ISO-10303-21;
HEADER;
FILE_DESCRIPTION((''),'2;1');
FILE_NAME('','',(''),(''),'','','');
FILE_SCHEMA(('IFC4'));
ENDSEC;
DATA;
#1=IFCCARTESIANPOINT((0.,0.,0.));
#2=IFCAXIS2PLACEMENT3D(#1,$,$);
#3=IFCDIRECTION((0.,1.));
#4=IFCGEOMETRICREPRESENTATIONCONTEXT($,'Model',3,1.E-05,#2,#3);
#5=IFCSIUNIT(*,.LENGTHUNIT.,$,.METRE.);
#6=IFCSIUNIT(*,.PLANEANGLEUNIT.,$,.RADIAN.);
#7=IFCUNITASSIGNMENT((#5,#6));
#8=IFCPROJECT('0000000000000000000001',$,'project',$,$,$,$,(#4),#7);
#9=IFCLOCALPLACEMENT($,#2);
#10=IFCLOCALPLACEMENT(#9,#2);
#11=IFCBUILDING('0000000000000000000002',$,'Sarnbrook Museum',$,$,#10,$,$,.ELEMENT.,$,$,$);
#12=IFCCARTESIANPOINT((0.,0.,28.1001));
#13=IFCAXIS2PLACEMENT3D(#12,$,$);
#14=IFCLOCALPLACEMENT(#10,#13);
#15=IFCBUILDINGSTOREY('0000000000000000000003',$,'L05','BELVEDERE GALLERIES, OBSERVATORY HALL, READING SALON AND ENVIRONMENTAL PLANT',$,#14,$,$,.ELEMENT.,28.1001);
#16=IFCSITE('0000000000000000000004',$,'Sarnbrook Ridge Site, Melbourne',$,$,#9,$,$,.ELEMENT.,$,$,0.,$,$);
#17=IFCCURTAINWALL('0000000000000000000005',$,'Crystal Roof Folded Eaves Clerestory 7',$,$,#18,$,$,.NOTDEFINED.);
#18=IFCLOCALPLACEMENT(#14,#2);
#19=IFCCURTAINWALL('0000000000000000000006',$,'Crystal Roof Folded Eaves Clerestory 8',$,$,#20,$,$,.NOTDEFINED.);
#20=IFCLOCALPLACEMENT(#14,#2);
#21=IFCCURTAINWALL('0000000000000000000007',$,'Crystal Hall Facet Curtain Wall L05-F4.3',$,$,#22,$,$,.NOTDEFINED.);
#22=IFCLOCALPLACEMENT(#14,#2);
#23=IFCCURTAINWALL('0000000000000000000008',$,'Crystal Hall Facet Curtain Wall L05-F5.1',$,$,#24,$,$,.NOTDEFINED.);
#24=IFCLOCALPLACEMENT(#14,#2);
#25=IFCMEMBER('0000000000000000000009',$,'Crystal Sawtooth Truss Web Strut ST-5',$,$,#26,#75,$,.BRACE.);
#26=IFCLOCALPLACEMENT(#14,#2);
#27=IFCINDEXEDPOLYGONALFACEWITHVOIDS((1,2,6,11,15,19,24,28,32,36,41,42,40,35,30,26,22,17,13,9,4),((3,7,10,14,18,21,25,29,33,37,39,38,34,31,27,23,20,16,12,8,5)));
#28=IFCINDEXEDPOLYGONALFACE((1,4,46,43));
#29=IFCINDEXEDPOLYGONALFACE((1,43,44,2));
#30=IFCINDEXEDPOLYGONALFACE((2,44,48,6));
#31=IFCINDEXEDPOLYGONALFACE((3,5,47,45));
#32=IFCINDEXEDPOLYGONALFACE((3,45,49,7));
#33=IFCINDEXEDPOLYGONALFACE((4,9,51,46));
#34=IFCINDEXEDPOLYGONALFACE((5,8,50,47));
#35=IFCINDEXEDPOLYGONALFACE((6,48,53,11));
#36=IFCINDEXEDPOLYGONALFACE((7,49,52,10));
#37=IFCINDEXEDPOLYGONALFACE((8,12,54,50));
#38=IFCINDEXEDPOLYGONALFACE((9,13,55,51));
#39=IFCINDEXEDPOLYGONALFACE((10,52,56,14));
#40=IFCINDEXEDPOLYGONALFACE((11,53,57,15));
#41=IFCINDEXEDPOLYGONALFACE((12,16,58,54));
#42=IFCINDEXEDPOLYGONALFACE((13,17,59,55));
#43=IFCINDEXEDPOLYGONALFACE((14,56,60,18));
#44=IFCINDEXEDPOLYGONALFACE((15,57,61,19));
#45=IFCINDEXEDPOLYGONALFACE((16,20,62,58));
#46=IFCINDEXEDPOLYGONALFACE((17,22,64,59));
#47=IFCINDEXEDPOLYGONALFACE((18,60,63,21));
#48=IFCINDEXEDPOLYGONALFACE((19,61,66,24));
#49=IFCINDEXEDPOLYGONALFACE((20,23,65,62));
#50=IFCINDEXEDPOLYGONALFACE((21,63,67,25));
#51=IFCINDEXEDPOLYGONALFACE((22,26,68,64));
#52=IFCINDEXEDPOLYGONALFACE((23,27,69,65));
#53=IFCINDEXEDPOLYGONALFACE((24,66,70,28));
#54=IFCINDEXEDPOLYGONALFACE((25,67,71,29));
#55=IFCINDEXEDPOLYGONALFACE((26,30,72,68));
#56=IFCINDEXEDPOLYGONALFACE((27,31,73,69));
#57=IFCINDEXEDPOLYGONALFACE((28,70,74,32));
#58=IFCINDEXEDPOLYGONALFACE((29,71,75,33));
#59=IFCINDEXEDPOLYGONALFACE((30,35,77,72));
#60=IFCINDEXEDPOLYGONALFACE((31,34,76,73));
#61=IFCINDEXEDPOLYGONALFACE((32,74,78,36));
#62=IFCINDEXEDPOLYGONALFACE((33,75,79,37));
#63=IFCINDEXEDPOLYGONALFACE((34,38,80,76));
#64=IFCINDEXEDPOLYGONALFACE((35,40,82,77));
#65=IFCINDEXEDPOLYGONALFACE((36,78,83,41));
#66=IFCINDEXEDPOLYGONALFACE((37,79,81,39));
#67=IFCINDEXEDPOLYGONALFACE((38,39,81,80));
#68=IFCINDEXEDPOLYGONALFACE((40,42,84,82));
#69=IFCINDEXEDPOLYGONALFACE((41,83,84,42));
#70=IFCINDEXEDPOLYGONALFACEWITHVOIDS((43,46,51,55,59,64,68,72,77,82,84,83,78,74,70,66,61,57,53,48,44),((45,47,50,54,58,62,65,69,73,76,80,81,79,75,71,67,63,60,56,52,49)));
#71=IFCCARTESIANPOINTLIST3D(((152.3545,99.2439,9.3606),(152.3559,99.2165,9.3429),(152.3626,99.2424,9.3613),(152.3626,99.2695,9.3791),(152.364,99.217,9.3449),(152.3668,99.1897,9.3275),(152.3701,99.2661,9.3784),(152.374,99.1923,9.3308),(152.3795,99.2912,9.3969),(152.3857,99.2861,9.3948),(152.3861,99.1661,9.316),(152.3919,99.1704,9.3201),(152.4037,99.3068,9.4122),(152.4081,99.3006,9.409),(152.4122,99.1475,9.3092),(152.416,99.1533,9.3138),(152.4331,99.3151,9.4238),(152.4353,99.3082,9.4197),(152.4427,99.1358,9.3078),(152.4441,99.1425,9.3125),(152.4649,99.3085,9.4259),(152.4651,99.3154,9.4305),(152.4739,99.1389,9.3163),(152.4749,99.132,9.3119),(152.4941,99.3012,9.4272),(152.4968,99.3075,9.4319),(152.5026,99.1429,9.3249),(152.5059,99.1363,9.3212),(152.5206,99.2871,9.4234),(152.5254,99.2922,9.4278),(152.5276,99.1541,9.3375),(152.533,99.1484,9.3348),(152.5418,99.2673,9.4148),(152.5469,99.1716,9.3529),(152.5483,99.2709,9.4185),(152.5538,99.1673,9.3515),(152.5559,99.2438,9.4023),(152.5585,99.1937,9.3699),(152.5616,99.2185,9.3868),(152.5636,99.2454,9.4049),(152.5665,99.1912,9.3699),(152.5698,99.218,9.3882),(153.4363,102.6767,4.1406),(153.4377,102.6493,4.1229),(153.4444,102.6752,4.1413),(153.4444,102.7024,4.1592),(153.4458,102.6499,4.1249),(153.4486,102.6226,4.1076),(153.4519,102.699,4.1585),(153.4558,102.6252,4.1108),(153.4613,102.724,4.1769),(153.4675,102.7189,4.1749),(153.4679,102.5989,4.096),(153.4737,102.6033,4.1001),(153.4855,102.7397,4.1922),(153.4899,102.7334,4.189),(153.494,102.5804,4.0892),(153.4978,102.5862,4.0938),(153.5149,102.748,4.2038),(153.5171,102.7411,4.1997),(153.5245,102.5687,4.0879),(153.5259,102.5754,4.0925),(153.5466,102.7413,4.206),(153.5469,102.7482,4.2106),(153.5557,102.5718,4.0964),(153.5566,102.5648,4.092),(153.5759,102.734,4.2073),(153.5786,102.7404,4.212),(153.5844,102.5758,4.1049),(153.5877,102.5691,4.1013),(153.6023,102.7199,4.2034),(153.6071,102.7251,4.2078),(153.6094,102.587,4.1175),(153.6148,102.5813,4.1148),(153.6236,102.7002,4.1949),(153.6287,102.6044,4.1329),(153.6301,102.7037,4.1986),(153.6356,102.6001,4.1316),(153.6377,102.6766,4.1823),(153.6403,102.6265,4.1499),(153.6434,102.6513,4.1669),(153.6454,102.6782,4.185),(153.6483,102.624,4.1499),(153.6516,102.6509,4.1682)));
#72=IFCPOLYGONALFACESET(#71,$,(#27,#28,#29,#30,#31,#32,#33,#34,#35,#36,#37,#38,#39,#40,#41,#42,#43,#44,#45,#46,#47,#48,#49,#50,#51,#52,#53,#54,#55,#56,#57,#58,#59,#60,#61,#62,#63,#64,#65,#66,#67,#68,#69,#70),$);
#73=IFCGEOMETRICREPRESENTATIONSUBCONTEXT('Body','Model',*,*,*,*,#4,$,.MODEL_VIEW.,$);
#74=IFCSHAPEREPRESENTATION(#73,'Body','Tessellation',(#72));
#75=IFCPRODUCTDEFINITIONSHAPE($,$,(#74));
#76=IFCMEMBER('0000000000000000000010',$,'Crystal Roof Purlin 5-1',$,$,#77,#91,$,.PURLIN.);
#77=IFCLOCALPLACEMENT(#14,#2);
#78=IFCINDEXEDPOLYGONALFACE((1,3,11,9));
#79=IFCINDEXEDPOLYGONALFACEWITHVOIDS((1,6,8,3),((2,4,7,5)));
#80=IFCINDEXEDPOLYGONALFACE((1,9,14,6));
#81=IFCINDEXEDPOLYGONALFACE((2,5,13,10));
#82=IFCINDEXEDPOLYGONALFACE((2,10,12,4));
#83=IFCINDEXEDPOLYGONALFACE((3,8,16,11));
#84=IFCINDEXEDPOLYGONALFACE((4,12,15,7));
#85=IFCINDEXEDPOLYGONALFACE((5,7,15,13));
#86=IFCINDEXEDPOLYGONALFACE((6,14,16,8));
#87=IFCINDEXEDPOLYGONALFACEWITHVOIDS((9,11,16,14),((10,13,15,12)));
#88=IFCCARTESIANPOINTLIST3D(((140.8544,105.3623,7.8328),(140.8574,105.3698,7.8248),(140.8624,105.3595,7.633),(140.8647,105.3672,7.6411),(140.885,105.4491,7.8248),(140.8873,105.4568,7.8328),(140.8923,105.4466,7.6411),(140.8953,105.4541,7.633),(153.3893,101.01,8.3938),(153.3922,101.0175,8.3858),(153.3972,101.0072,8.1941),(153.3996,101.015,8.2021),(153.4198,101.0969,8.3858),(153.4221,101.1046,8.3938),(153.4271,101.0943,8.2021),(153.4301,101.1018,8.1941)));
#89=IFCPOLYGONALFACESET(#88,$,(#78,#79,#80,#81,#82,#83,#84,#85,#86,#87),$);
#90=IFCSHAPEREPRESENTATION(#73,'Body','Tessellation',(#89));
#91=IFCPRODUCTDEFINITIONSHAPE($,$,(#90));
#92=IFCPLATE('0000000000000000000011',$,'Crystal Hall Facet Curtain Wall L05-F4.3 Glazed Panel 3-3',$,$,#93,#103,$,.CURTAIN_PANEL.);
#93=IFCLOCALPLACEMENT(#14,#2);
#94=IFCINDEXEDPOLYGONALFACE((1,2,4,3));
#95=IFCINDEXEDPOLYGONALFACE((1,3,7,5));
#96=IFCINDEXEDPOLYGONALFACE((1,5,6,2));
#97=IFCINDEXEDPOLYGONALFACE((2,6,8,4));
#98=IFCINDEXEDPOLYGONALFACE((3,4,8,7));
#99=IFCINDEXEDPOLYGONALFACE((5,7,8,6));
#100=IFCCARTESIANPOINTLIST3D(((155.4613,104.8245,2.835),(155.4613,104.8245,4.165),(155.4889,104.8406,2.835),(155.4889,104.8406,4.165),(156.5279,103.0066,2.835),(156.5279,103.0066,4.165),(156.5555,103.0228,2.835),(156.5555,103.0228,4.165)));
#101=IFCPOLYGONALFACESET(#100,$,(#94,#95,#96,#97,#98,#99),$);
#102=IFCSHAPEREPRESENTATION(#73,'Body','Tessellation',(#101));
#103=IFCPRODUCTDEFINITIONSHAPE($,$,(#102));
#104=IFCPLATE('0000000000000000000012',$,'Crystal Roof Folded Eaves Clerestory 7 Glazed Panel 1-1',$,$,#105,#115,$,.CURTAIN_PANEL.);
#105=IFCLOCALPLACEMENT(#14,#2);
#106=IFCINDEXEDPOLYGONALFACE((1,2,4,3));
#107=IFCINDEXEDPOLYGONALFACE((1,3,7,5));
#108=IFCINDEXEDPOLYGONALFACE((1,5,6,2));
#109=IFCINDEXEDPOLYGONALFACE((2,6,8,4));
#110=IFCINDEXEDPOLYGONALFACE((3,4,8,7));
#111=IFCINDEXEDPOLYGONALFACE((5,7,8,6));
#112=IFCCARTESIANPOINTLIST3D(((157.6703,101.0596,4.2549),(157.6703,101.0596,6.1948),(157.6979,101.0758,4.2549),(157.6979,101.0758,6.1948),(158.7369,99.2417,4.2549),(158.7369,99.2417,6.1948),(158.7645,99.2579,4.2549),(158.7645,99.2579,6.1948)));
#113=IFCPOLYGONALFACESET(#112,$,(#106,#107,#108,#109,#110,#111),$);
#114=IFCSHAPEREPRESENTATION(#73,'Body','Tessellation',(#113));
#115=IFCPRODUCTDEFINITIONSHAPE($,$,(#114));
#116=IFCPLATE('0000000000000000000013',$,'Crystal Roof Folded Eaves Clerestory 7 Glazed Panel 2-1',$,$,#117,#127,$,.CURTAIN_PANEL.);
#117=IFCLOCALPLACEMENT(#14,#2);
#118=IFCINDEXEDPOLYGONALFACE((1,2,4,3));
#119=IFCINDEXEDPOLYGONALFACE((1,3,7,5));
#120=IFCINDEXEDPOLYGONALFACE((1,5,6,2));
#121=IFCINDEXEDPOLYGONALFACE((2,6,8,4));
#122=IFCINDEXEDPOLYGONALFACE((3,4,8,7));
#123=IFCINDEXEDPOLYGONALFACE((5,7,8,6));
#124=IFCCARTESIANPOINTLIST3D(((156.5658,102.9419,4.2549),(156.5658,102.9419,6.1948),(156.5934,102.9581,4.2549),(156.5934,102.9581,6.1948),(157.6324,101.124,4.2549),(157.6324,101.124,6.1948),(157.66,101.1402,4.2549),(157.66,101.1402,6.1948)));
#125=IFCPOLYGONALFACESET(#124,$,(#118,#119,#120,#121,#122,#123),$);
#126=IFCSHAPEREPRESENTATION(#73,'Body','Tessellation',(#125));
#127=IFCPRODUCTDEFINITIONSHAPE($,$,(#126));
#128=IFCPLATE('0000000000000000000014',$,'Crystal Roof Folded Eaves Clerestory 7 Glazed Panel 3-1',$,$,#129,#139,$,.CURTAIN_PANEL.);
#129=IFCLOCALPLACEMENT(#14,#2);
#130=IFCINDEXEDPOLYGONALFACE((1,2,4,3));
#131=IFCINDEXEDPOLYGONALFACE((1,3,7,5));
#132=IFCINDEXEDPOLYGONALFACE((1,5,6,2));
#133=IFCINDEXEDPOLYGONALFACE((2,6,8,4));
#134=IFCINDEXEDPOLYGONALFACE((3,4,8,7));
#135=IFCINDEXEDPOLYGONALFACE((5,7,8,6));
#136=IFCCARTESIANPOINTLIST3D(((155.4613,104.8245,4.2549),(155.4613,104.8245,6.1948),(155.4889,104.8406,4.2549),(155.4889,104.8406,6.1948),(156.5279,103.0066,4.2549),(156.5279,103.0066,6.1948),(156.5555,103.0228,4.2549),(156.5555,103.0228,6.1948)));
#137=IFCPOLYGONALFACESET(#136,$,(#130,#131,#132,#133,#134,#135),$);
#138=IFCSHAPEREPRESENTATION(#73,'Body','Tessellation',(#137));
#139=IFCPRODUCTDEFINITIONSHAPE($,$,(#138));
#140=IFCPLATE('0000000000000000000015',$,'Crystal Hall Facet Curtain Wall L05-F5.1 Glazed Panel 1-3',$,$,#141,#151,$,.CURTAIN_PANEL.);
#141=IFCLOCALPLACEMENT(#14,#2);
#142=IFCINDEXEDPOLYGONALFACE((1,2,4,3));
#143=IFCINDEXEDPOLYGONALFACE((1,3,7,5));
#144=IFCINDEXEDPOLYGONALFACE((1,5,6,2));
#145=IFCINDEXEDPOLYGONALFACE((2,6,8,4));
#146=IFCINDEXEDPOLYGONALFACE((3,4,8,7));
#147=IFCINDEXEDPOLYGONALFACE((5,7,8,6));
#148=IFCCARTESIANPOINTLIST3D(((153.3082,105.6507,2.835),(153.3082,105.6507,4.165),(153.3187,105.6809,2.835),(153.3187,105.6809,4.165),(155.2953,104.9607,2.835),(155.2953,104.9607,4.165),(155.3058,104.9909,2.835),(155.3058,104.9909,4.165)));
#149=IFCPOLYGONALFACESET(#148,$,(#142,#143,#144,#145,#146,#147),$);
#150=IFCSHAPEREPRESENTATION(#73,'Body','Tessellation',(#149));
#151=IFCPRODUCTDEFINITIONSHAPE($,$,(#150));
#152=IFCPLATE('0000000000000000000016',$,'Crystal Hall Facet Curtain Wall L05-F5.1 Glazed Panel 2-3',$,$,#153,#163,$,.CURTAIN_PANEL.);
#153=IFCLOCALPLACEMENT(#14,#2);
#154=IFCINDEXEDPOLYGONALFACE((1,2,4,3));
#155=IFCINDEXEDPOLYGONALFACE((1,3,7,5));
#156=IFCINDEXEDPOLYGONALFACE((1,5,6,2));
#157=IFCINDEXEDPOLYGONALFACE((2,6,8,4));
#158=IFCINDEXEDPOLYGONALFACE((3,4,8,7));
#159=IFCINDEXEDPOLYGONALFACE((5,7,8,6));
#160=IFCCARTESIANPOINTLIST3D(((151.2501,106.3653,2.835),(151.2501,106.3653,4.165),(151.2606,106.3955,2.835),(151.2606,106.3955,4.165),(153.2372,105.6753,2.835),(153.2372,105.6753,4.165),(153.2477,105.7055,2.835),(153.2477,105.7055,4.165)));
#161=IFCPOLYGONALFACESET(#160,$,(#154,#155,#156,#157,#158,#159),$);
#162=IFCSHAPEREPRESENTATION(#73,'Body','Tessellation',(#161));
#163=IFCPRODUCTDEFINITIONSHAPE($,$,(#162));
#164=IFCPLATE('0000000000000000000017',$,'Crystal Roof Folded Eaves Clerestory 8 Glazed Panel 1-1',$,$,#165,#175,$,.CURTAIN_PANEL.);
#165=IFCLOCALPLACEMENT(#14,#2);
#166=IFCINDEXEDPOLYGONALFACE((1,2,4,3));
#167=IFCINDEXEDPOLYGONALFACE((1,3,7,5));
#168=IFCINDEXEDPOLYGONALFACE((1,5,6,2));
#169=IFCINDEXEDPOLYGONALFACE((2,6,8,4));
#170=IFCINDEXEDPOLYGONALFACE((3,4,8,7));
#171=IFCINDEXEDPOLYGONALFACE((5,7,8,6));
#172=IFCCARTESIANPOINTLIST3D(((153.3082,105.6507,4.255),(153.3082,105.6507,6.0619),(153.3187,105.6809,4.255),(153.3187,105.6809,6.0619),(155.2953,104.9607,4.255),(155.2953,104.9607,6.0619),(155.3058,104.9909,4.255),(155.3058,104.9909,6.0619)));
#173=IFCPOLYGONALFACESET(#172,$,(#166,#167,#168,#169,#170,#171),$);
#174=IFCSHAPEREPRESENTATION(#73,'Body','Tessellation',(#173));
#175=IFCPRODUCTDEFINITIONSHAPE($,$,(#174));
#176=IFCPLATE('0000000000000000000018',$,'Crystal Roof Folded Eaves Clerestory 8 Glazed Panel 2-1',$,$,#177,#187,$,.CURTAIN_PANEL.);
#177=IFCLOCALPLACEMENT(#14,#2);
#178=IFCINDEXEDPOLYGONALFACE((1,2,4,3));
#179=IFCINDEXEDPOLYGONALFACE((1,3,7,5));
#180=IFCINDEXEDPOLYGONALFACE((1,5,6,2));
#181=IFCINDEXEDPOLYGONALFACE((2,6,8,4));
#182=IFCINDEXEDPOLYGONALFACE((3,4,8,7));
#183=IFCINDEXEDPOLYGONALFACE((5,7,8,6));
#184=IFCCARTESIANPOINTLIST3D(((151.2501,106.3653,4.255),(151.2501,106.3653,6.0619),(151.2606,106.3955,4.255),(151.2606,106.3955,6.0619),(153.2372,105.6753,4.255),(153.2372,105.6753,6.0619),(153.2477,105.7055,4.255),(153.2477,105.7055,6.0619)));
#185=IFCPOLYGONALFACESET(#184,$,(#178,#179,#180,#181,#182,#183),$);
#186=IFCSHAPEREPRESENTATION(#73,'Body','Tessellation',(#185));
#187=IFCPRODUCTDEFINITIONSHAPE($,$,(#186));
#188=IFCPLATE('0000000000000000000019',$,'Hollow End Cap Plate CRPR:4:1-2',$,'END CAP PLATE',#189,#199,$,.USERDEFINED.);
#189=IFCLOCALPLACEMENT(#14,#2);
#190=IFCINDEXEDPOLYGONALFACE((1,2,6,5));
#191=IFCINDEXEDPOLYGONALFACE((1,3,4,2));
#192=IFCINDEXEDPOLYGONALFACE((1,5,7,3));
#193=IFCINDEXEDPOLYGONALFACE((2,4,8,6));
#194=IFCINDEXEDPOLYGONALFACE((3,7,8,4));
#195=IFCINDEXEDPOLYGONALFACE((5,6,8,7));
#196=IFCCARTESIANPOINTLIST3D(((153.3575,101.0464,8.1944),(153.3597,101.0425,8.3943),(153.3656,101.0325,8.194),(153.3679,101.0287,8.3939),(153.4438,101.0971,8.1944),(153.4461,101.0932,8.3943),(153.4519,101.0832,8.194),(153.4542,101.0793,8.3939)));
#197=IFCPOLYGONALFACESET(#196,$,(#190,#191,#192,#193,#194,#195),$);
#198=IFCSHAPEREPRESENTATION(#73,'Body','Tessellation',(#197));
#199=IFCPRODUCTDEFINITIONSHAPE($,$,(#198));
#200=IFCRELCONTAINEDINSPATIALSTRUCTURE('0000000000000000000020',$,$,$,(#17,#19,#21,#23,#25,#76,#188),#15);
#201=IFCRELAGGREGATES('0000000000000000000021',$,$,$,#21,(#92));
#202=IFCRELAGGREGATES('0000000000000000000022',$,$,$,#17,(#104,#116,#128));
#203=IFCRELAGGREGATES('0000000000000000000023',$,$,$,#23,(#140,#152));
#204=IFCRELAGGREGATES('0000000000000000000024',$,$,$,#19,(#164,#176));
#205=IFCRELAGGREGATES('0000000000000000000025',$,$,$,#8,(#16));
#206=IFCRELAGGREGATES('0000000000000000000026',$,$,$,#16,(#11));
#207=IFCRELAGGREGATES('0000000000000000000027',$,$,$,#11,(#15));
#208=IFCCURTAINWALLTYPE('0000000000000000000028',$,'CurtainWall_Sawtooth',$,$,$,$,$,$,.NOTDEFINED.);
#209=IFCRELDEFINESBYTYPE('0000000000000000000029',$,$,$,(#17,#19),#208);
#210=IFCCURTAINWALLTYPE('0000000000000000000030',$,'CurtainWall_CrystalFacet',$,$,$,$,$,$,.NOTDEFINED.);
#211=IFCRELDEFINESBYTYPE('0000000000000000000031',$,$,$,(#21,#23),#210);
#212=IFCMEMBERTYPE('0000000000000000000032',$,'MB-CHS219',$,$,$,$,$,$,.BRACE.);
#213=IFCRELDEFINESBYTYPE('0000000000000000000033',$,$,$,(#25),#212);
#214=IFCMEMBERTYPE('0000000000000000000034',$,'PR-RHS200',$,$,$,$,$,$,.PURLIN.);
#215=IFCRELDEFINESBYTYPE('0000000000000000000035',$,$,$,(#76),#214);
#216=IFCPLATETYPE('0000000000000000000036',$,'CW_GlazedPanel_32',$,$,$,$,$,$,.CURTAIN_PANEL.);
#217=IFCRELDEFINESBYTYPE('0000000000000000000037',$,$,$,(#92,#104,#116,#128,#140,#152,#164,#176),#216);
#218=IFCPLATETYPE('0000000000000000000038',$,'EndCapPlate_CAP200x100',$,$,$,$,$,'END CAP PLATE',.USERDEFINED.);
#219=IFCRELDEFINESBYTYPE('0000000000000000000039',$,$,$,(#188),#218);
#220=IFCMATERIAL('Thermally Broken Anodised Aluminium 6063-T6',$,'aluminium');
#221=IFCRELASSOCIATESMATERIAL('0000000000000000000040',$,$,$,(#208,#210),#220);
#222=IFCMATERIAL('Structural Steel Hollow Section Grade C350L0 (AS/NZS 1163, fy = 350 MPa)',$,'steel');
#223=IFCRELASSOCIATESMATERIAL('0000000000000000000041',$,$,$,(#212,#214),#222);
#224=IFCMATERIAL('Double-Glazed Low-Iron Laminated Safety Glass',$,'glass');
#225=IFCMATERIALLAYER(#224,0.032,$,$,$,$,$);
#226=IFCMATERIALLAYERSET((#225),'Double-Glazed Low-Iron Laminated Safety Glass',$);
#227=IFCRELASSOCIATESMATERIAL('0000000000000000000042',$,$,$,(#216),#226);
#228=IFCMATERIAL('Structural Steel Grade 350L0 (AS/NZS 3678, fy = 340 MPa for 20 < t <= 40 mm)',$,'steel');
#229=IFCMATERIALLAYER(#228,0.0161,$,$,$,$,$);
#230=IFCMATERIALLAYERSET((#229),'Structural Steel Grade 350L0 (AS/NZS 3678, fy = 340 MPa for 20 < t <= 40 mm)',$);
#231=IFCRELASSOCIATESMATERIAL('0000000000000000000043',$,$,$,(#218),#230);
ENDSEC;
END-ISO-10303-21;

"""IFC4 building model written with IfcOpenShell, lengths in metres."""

from ifc_helpers import new_model, si_unit, direction, frame, origin, origin_2d, place, context, subcontext, project, spatial, rectangle, hollow_rectangle, hollow_circle, extrude, material, layer, layer_set, material_profile, profile_set, type_object, element, aggregate, save


model = new_model("IFC4")

# Units and contexts
model_context = context("Model", 3, precision=1e-05, world=origin(), true_north=direction((0.0, 1.0)))
body_context = subcontext(model_context, "Body", "Model", "MODEL_VIEW")
ifc_project = project(units=[si_unit("LENGTHUNIT", "METRE"), si_unit("PLANEANGLEUNIT", "RADIAN")], contexts=[model_context])

# Site, building, storey
site_placement = place(None, origin())
site = spatial("IfcSite", under=ifc_project, at=site_placement, Name="Sarnbrook Ridge Site, Melbourne", CompositionType="ELEMENT", RefElevation=0.0)
building_placement = place(site_placement, origin())
building = spatial("IfcBuilding", under=site, at=building_placement, Name="Sarnbrook Museum", CompositionType="ELEMENT")
storey_placement = place(building_placement, frame((0.0, 0.0, 28.1001)))
storey = spatial("IfcBuildingStorey", under=building, at=storey_placement, Name="L05", Description="BELVEDERE GALLERIES, OBSERVATORY HALL, READING SALON AND ENVIRONMENTAL PLANT", CompositionType="ELEMENT", Elevation=28.1001)

# Shared definitions
ifc_material_1 = material(Name="Structural Steel Grade 350L0 (AS/NZS 3678, fy = 340 MPa for 20 < t <= 40 mm)", Category="steel")

# Curtain walls
ifc_material_2 = material(Name="Thermally Broken Anodised Aluminium 6063-T6", Category="aluminium")
curtain_wall_type_1 = type_object("IfcCurtainWallType", Name="CurtainWall_Sawtooth", PredefinedType="NOTDEFINED", material=ifc_material_2)
curtain_wall_1_placement = place(storey_placement, origin())
curtain_wall_1 = element("IfcCurtainWall", 1, at=curtain_wall_1_placement, inside=storey, type_object=curtain_wall_type_1, Name="Crystal Roof Folded Eaves Clerestory 7", PredefinedType="NOTDEFINED")
curtain_wall_2_placement = place(storey_placement, origin())
curtain_wall_2 = element("IfcCurtainWall", 2, at=curtain_wall_2_placement, inside=storey, type_object=curtain_wall_type_1, Name="Crystal Roof Folded Eaves Clerestory 8", PredefinedType="NOTDEFINED")

# Curtain wall
curtain_wall_type_2 = type_object("IfcCurtainWallType", Name="CurtainWall_CrystalFacet", PredefinedType="NOTDEFINED", material=ifc_material_2)
curtain_wall_3_placement = place(storey_placement, origin())
curtain_wall_3 = element("IfcCurtainWall", 3, at=curtain_wall_3_placement, inside=storey, type_object=curtain_wall_type_2, Name="Crystal Hall Facet Curtain Wall L05-F4.3", PredefinedType="NOTDEFINED")

# Curtain wall
curtain_wall_4_placement = place(storey_placement, origin())
curtain_wall_4 = element("IfcCurtainWall", 4, at=curtain_wall_4_placement, inside=storey, type_object=curtain_wall_type_2, Name="Crystal Hall Facet Curtain Wall L05-F5.1", PredefinedType="NOTDEFINED")

# Members
ifc_material_3 = material(Name="Structural Steel Hollow Section Grade C350L0 (AS/NZS 1163, fy = 350 MPa)", Category="steel")
ifc_material_profile_1 = material_profile(ifc_material_3, hollow_circle(Radius=0.1096, WallThickness=0.0083, at=origin_2d()), Name="219.1x8.2CHS")
ifc_profile_set_1 = profile_set([ifc_material_profile_1], Name="Structural Steel Hollow Section Grade C350L0 (AS/NZS 1163, fy = 350 MPa)")
member_type_1 = type_object("IfcMemberType", Name="MB-CHS219", PredefinedType="BRACE", material=ifc_profile_set_1)
member_1_placement = place(storey_placement, frame((153.5437, 102.657, 4.1499), z_axis=(-0.170613, -0.541412, 0.823265), x_axis=(0.953764, -0.300557, 0.0)))
element("IfcMember", 5, at=member_1_placement, inside=storey, type_object=member_type_1, Name="Crystal Sawtooth Truss Web Strut ST-5", PredefinedType="BRACE", context=body_context, shape_type="SweptSolid", body=[
    extrude(hollow_circle(Radius=0.1096, WallThickness=0.0083, at=origin_2d()), origin(), (0.0, 0.0, 1.0), 6.3406),
])
ifc_material_profile_2 = material_profile(ifc_material_3, hollow_rectangle(XDim=0.1001, YDim=0.2, WallThickness=0.0081, at=origin_2d()), Name="200x100x8.0RHS")
ifc_profile_set_2 = profile_set([ifc_material_profile_2], Name="Structural Steel Hollow Section Grade C350L0 (AS/NZS 1163, fy = 350 MPa)")
member_type_2 = type_object("IfcMemberType", Name="PR-RHS200", PredefinedType="PURLIN", material=ifc_profile_set_2)
member_2_placement = place(storey_placement, frame((153.4097, 101.0559, 8.2939), z_axis=(-0.943833, 0.327712, -0.042244), x_axis=(-0.328005, -0.944676, 0.0)))
element("IfcMember", 6, at=member_2_placement, inside=storey, type_object=member_type_2, Name="Crystal Roof Purlin 5-1", PredefinedType="PURLIN", context=body_context, shape_type="SweptSolid", body=[
    extrude(hollow_rectangle(XDim=0.1001, YDim=0.2, WallThickness=0.0081, at=origin_2d()), origin(), (0.0, 0.0, 1.0), 13.2808),
])

# Plates
ifc_material_4 = material(Name="Double-Glazed Low-Iron Laminated Safety Glass", Category="glass")
ifc_layer_1 = layer(ifc_material_4, 0.032)
ifc_layer_set_1 = layer_set([ifc_layer_1], Name="Double-Glazed Low-Iron Laminated Safety Glass")
plate_type_1 = type_object("IfcPlateType", Name="CW_GlazedPanel_32", PredefinedType="CURTAIN_PANEL", material=ifc_layer_set_1)
plate_1_placement = place(storey_placement, frame((155.9946, 103.9155, 3.5), z_axis=(0.8625, 0.506057, 0.0), x_axis=(-0.506057, 0.8625, 0.0)))
plate_1 = element("IfcPlate", 7, at=plate_1_placement, type_object=plate_type_1, Name="Crystal Hall Facet Curtain Wall L05-F4.3 Glazed Panel 3-3", PredefinedType="CURTAIN_PANEL", context=body_context, shape_type="SweptSolid", body=[
    extrude(rectangle(XDim=2.1077, YDim=1.3301, at=origin_2d()), origin(), (0.0, 0.0, 1.0), 0.032),
])
aggregate(curtain_wall_3, [plate_1])
plate_2_placement = place(storey_placement, frame((158.2036, 100.1506, 5.2249), z_axis=(0.8625, 0.506057, 0.0), x_axis=(-0.506057, 0.8625, 0.0)))
plate_2 = element("IfcPlate", 8, at=plate_2_placement, type_object=plate_type_1, Name="Crystal Roof Folded Eaves Clerestory 7 Glazed Panel 1-1", PredefinedType="CURTAIN_PANEL", context=body_context, shape_type="SweptSolid", body=[
    extrude(rectangle(XDim=2.1077, YDim=1.9399, at=origin_2d()), origin(), (0.0, 0.0, 1.0), 0.032),
])
plate_3_placement = place(storey_placement, frame((157.0991, 102.033, 5.2249), z_axis=(0.8625, 0.506057, 0.0), x_axis=(-0.506057, 0.8625, 0.0)))
plate_3 = element("IfcPlate", 9, at=plate_3_placement, type_object=plate_type_1, Name="Crystal Roof Folded Eaves Clerestory 7 Glazed Panel 2-1", PredefinedType="CURTAIN_PANEL", context=body_context, shape_type="SweptSolid", body=[
    extrude(rectangle(XDim=2.1077, YDim=1.9399, at=origin_2d()), origin(), (0.0, 0.0, 1.0), 0.032),
])
plate_4_placement = place(storey_placement, frame((155.9946, 103.9155, 5.2249), z_axis=(0.8625, 0.506057, 0.0), x_axis=(-0.506057, 0.8625, 0.0)))
plate_4 = element("IfcPlate", 10, at=plate_4_placement, type_object=plate_type_1, Name="Crystal Roof Folded Eaves Clerestory 7 Glazed Panel 3-1", PredefinedType="CURTAIN_PANEL", context=body_context, shape_type="SweptSolid", body=[
    extrude(rectangle(XDim=2.1077, YDim=1.9399, at=origin_2d()), origin(), (0.0, 0.0, 1.0), 0.032),
])
aggregate(curtain_wall_1, [plate_2, plate_3, plate_4])
plate_5_placement = place(storey_placement, frame((154.3018, 105.3057, 3.5), z_axis=(0.328015, 0.944673, 0.0), x_axis=(-0.944673, 0.328015, 0.0)))
plate_5 = element("IfcPlate", 11, at=plate_5_placement, type_object=plate_type_1, Name="Crystal Hall Facet Curtain Wall L05-F5.1 Glazed Panel 1-3", PredefinedType="CURTAIN_PANEL", context=body_context, shape_type="SweptSolid", body=[
    extrude(rectangle(XDim=2.1035, YDim=1.3301, at=origin_2d()), origin(), (0.0, 0.0, 1.0), 0.032),
])
plate_6_placement = place(storey_placement, frame((152.2437, 106.0203, 3.5), z_axis=(0.328015, 0.944673, 0.0), x_axis=(-0.944673, 0.328015, 0.0)))
plate_6 = element("IfcPlate", 12, at=plate_6_placement, type_object=plate_type_1, Name="Crystal Hall Facet Curtain Wall L05-F5.1 Glazed Panel 2-3", PredefinedType="CURTAIN_PANEL", context=body_context, shape_type="SweptSolid", body=[
    extrude(rectangle(XDim=2.1035, YDim=1.3301, at=origin_2d()), origin(), (0.0, 0.0, 1.0), 0.032),
])
aggregate(curtain_wall_4, [plate_5, plate_6])
plate_7_placement = place(storey_placement, frame((154.3018, 105.3057, 5.1584), z_axis=(0.328015, 0.944673, 0.0), x_axis=(-0.944673, 0.328015, 0.0)))
plate_7 = element("IfcPlate", 13, at=plate_7_placement, type_object=plate_type_1, Name="Crystal Roof Folded Eaves Clerestory 8 Glazed Panel 1-1", PredefinedType="CURTAIN_PANEL", context=body_context, shape_type="SweptSolid", body=[
    extrude(rectangle(XDim=2.1035, YDim=1.8069, at=origin_2d()), origin(), (0.0, 0.0, 1.0), 0.032),
])
plate_8_placement = place(storey_placement, frame((152.2437, 106.0203, 5.1584), z_axis=(0.328015, 0.944673, 0.0), x_axis=(-0.944673, 0.328015, 0.0)))
plate_8 = element("IfcPlate", 14, at=plate_8_placement, type_object=plate_type_1, Name="Crystal Roof Folded Eaves Clerestory 8 Glazed Panel 2-1", PredefinedType="CURTAIN_PANEL", context=body_context, shape_type="SweptSolid", body=[
    extrude(rectangle(XDim=2.1035, YDim=1.8069, at=origin_2d()), origin(), (0.0, 0.0, 1.0), 0.032),
])
aggregate(curtain_wall_2, [plate_7, plate_8])

# Plate
ifc_layer_2 = layer(ifc_material_1, 0.0161)
ifc_layer_set_2 = layer_set([ifc_layer_2], Name="Structural Steel Grade 350L0 (AS/NZS 3678, fy = 340 MPa for 20 < t <= 40 mm)")
plate_type_2 = type_object("IfcPlateType", Name="EndCapPlate_CAP200x100", ElementType="END CAP PLATE", PredefinedType="USERDEFINED", material=ifc_layer_set_2)
for number, where, z_axis, x_axis, name in (
    (15, (153.4099, 101.0559, 8.2939), (-0.505935, 0.862282, 0.022337), (-0.862498, -0.506061, 0.0), "Hollow End Cap Plate CRPR:4:1-2"),
):
    element("IfcPlate", number, at=place(storey_placement, frame(where, z_axis=z_axis, x_axis=x_axis)), inside=storey, type_object=plate_type_2, Name=name, ObjectType="END CAP PLATE", PredefinedType="USERDEFINED", context=body_context, shape_type="SweptSolid", body=[
        extrude(rectangle(XDim=0.1001, YDim=0.2, at=origin_2d()), origin(), (0.0, 0.0, 1.0), 0.0161),
    ])

save(model, "model.ifc")
